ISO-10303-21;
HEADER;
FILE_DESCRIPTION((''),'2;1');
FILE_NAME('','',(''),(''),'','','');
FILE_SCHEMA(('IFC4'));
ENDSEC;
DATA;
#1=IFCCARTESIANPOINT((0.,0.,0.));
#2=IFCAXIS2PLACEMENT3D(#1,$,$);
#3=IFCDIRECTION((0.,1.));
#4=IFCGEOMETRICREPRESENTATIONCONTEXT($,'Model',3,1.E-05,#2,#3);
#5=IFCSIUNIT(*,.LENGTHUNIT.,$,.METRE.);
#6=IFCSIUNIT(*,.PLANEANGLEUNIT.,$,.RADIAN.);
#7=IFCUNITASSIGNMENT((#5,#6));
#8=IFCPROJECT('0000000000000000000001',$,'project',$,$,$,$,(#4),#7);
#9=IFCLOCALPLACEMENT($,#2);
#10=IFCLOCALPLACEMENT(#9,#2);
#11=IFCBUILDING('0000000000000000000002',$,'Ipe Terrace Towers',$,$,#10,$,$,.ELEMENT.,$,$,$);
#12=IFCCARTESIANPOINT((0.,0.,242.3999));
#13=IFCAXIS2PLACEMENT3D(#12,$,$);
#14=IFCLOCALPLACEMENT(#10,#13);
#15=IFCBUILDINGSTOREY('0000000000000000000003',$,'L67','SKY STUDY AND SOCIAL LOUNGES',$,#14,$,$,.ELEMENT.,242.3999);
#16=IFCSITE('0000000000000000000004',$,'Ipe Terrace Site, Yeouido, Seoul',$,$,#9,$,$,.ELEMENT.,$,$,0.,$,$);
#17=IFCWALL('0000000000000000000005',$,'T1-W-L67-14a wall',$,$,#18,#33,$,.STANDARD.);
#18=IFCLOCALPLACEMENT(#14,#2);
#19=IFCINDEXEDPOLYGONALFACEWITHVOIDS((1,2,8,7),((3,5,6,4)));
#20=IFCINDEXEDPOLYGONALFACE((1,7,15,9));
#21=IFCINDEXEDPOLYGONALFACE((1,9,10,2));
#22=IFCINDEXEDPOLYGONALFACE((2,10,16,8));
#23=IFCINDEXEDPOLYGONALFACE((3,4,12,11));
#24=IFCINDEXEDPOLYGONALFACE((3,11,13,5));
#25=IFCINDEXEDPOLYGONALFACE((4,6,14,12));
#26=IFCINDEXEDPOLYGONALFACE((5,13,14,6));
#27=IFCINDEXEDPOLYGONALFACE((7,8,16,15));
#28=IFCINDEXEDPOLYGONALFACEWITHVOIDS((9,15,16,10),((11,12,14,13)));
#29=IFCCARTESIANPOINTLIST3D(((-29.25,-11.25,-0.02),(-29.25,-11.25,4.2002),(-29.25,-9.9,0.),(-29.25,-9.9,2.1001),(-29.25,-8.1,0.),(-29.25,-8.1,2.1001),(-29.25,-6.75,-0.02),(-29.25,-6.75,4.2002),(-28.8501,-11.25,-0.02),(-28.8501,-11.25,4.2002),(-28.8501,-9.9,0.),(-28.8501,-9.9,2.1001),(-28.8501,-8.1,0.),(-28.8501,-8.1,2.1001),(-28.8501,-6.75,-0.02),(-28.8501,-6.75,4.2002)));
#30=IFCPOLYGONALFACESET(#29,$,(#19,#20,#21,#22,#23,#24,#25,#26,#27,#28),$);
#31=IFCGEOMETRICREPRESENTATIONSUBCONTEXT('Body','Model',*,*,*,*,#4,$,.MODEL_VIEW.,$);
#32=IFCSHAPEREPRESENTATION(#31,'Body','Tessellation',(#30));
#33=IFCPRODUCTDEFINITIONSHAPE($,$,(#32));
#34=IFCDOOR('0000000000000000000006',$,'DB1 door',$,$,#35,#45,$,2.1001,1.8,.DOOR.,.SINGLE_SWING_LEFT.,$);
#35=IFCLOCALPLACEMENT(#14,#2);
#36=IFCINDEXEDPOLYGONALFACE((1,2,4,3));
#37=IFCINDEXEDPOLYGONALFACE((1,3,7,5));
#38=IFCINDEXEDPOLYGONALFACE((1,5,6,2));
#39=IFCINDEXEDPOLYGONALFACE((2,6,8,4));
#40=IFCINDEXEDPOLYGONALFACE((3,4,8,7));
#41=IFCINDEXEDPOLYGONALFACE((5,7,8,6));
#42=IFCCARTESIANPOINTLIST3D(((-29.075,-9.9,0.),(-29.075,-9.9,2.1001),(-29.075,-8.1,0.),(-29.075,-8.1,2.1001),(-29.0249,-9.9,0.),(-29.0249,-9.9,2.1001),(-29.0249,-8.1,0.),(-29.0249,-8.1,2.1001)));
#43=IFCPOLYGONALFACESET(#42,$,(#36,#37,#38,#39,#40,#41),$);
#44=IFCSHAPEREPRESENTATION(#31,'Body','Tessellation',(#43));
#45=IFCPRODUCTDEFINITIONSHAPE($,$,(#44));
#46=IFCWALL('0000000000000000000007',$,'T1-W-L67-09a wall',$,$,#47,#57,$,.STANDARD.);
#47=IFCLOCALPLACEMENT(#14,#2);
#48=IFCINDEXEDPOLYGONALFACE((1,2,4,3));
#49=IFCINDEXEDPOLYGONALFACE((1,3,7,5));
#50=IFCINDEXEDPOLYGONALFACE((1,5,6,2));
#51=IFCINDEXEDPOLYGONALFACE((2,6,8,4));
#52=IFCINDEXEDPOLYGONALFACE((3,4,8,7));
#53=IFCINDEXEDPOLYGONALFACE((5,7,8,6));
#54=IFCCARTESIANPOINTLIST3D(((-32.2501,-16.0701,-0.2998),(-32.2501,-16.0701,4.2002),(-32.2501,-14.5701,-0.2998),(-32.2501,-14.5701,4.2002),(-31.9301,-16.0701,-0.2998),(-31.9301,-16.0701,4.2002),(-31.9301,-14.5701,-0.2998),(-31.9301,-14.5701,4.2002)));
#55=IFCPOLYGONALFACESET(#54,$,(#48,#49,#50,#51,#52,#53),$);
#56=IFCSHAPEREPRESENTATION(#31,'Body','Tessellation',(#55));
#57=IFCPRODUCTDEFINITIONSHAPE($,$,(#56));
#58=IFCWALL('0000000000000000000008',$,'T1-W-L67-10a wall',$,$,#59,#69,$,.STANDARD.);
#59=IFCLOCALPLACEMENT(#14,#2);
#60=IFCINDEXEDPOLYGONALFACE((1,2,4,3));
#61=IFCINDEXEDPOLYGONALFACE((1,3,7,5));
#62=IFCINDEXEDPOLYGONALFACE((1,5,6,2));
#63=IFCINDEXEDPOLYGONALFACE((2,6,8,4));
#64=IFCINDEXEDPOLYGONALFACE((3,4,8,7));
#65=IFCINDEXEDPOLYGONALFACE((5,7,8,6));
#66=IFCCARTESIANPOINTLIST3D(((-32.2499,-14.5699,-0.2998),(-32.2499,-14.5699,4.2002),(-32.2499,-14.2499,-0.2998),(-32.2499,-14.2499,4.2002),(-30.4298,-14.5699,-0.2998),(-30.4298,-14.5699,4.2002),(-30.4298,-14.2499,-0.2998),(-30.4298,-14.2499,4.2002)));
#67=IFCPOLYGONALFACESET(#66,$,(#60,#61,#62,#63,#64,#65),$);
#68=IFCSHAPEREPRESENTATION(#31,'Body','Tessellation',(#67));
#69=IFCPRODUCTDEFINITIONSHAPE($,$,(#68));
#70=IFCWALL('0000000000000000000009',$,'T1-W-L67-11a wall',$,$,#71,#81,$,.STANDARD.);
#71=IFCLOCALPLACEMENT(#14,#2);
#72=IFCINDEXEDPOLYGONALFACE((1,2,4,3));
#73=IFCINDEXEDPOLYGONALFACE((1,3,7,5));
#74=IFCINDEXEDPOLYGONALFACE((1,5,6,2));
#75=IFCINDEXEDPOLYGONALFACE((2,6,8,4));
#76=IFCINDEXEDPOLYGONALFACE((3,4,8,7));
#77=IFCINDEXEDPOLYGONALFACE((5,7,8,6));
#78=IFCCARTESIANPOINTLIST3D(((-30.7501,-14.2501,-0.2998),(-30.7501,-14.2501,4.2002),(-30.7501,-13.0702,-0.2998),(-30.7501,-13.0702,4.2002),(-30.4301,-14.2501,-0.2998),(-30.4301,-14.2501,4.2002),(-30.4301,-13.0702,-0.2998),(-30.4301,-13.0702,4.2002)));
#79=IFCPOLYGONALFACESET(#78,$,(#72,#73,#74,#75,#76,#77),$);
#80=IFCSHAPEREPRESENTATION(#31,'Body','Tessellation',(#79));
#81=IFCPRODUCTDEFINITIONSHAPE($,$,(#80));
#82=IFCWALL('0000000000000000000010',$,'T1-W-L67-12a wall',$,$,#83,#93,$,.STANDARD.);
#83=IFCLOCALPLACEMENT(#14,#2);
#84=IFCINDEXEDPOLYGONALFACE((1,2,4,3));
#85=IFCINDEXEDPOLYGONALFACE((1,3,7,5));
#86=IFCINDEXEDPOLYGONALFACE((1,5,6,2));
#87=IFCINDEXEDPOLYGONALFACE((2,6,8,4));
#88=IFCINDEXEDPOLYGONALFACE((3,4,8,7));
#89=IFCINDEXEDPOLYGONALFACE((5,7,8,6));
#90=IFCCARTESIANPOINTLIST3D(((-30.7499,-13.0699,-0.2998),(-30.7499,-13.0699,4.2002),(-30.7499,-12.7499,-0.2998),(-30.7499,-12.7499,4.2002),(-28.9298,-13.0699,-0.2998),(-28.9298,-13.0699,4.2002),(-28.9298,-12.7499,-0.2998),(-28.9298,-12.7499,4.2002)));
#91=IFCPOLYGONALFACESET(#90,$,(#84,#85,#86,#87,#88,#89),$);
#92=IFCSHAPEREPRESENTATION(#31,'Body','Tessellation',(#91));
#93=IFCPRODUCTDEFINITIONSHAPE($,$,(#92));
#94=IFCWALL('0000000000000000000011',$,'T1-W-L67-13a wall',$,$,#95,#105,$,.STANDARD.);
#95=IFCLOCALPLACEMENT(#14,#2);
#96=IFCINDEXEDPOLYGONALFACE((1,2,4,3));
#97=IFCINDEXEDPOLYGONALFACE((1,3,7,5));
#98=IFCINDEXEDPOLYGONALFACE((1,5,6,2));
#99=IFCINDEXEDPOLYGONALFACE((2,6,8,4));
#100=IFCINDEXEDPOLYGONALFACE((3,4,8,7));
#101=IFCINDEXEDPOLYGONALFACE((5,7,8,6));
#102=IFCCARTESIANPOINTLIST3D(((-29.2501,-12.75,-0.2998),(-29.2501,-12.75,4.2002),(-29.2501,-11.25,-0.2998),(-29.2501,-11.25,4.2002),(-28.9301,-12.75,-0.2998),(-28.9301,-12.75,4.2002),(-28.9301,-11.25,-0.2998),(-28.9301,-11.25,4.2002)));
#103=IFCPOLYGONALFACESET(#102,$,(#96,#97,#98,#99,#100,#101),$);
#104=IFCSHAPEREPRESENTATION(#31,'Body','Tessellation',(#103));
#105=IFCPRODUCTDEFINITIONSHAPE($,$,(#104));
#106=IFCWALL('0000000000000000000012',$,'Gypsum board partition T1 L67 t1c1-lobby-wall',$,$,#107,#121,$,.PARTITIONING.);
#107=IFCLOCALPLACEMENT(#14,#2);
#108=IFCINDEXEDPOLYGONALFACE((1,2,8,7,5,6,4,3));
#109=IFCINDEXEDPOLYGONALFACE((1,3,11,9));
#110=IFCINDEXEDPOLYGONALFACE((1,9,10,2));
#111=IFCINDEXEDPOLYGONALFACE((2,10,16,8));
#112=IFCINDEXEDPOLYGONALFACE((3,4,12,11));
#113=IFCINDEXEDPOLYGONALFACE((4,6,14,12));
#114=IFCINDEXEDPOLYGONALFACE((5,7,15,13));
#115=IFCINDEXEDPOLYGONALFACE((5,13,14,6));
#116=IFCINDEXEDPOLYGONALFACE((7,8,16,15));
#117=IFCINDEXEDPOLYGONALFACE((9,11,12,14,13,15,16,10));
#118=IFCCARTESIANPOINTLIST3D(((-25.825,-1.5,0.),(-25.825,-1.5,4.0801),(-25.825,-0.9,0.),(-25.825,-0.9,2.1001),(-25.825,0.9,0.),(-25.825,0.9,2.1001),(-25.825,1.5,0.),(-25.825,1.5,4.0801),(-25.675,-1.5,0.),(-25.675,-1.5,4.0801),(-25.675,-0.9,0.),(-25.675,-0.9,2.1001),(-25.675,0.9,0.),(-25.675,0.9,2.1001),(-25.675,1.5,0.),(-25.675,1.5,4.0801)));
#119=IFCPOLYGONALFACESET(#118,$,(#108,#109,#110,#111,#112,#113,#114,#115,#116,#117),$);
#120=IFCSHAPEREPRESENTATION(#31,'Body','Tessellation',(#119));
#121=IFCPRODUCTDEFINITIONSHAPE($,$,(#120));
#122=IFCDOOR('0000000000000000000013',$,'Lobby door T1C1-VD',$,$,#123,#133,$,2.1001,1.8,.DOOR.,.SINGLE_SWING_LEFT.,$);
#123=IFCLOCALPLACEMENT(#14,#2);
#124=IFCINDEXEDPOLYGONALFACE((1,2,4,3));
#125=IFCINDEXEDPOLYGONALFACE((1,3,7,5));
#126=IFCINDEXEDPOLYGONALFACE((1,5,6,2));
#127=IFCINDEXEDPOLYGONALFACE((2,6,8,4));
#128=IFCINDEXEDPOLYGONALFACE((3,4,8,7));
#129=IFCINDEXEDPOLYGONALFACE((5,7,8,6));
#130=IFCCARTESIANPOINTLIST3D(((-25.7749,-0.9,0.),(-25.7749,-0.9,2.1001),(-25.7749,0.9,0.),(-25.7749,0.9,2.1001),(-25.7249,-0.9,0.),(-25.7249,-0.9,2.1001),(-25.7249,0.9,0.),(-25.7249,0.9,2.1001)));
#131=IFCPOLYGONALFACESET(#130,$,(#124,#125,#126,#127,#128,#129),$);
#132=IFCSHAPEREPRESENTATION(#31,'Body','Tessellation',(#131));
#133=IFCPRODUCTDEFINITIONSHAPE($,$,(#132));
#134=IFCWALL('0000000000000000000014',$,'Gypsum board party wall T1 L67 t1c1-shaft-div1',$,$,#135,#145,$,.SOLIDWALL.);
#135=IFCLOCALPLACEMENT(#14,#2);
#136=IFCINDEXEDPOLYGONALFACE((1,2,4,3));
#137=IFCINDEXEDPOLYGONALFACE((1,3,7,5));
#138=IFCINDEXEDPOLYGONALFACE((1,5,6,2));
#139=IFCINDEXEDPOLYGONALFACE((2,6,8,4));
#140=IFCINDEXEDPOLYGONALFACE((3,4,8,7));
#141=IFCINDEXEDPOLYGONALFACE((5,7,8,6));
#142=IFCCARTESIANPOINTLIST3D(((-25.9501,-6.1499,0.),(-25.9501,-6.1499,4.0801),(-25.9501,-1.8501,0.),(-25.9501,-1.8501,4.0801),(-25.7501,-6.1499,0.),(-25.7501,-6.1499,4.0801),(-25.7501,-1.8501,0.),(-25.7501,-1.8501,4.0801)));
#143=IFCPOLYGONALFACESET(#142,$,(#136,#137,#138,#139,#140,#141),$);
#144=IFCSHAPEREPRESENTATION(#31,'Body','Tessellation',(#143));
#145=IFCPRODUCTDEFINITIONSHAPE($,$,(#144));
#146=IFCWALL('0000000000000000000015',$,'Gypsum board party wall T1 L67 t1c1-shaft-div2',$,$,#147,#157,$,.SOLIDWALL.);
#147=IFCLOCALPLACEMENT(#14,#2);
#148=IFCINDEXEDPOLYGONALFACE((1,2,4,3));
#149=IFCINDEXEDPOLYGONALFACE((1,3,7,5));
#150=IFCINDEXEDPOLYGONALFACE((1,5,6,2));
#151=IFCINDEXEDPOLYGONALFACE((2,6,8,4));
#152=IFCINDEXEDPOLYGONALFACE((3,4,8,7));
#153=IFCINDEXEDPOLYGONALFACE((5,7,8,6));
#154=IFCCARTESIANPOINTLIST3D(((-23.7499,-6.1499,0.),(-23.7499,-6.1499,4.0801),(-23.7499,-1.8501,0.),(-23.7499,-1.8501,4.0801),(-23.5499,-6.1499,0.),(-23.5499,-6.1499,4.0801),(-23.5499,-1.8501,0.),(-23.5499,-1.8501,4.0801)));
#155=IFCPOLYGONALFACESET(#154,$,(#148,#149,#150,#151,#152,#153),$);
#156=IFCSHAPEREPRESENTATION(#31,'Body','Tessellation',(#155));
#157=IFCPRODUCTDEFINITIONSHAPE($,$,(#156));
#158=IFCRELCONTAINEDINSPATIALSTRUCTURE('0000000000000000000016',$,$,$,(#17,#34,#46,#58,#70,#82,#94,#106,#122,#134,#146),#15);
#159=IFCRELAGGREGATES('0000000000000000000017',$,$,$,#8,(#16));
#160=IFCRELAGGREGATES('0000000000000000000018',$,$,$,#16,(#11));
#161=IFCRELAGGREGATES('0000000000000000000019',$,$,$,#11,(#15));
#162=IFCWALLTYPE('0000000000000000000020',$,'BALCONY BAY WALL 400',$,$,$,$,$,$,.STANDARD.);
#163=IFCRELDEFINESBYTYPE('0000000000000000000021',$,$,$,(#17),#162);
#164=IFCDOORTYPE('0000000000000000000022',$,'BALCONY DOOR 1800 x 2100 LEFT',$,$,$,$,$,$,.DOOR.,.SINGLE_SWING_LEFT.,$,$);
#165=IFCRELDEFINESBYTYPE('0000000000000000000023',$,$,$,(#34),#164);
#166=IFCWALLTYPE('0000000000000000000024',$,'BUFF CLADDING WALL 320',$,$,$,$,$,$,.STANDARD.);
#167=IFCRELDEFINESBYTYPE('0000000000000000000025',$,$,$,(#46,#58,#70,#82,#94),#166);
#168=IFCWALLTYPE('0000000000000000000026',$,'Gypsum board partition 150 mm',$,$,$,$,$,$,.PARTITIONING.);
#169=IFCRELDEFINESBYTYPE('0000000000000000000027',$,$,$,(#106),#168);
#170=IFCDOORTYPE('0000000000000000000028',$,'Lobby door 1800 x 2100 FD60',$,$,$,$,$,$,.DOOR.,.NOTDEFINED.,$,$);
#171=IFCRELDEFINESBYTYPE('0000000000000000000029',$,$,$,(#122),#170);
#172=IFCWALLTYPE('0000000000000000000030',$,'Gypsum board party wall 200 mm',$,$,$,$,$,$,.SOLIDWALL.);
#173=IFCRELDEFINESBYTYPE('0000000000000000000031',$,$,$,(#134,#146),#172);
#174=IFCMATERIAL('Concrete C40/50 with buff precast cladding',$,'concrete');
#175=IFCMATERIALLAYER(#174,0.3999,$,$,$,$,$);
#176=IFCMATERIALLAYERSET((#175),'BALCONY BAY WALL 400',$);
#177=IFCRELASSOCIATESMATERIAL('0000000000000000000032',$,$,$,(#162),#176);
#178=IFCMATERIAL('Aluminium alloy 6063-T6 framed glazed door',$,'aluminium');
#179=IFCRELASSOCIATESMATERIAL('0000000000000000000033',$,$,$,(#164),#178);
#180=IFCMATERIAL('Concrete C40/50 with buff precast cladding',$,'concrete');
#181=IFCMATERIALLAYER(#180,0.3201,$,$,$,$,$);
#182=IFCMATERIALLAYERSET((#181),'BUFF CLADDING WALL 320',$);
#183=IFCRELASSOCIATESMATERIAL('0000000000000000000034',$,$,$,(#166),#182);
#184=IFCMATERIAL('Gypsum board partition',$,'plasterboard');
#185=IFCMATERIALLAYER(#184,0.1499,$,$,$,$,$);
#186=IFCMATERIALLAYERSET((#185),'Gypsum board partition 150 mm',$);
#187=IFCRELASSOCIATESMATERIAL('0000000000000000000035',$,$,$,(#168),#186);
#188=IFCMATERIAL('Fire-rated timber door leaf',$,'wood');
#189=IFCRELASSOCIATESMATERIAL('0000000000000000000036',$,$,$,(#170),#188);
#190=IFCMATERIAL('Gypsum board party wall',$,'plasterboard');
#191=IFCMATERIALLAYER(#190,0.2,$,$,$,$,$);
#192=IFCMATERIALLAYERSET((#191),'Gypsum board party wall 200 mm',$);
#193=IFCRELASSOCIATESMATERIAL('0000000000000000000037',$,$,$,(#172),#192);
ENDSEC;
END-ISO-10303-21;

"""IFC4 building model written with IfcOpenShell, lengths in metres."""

from ifc_helpers import new_model, si_unit, direction, frame, frame_2d, origin, place, context, subcontext, project, spatial, rectangle, extrude, material, layer, layer_set, type_object, element, fill, save


model = new_model("IFC4")

# Units and contexts
model_context = context("Model", 3, precision=1e-05, world=origin(), true_north=direction((0.0, 1.0)))
body_context = subcontext(model_context, "Body", "Model", "MODEL_VIEW")
ifc_project = project(units=[si_unit("LENGTHUNIT", "METRE"), si_unit("PLANEANGLEUNIT", "RADIAN")], contexts=[model_context])

# Site, building, storey
site_placement = place(None, origin())
site = spatial("IfcSite", under=ifc_project, at=site_placement, Name="Ipe Terrace Site, Yeouido, Seoul", CompositionType="ELEMENT", RefElevation=0.0)
building_placement = place(site_placement, origin())
building = spatial("IfcBuilding", under=site, at=building_placement, Name="Ipe Terrace Towers", CompositionType="ELEMENT")
storey_placement = place(building_placement, frame((0.0, 0.0, 242.3999)))
storey = spatial("IfcBuildingStorey", under=building, at=storey_placement, Name="L67", Description="SKY STUDY AND SOCIAL LOUNGES", CompositionType="ELEMENT", Elevation=242.3999)

# Wall, opening, door
ifc_material_1 = material(Name="Concrete C40/50 with buff precast cladding", Category="concrete")
ifc_layer_1 = layer(ifc_material_1, 0.3999)
ifc_layer_set_1 = layer_set([ifc_layer_1], Name="BALCONY BAY WALL 400")
wall_type_1 = type_object("IfcWallType", Name="BALCONY BAY WALL 400", PredefinedType="STANDARD", material=ifc_layer_set_1)
wall_1_placement = place(storey_placement, frame((-29.05, -11.25, -0.02), z_axis=(0.0, 0.0, 1.0), x_axis=(0.0, 1.0, 0.0)))
wall_1 = element("IfcWall", 1, at=wall_1_placement, inside=storey, type_object=wall_type_1, Name="T1-W-L67-14a wall", PredefinedType="STANDARD", context=body_context, shape_type="SweptSolid", body=[
    extrude(rectangle(XDim=4.5, YDim=0.3999, at=frame_2d((2.25, 0.0))), origin(), (0.0, 0.0, 1.0), 4.2202),
])
opening_1_placement = place(wall_1_placement, frame((1.3501, 0.0, 0.02)))
opening_1 = element("IfcOpeningElement", 2, at=opening_1_placement, cuts=wall_1, PredefinedType="OPENING", context=body_context, shape_type="SweptSolid", body=[
    extrude(rectangle(XDim=1.8, YDim=2.1001, at=frame_2d((0.8999, 1.05))), frame((0.0, 0.21, 0.0), z_axis=(0.0, -1.0, 0.0), x_axis=(1.0, 0.0, 0.0)), (0.0, 0.0, 1.0), 0.4199),
])
ifc_material_2 = material(Name="Aluminium alloy 6063-T6 framed glazed door", Category="aluminium")
door_type_1 = type_object("IfcDoorType", Name="BALCONY DOOR 1800 x 2100 LEFT", OperationType="SINGLE_SWING_LEFT", PredefinedType="DOOR", material=ifc_material_2)
door_1_placement = place(opening_1_placement, origin())
door_1 = element("IfcDoor", 3, at=door_1_placement, inside=storey, type_object=door_type_1, Name="DB1 door", OperationType="SINGLE_SWING_LEFT", OverallHeight=2.1001, OverallWidth=1.8, PredefinedType="DOOR", context=body_context, shape_type="SweptSolid", body=[
    extrude(rectangle(XDim=1.8, YDim=2.1001, at=frame_2d((0.8999, 1.05))), frame((0.0, 0.0249, 0.0), z_axis=(0.0, -1.0, 0.0), x_axis=(1.0, 0.0, 0.0)), (0.0, 0.0, 1.0), 0.05),
])
fill(opening_1, door_1)

# Walls
ifc_material_3 = material(Name="Concrete C40/50 with buff precast cladding", Category="concrete")
ifc_layer_2 = layer(ifc_material_3, 0.3201)
ifc_layer_set_2 = layer_set([ifc_layer_2], Name="BUFF CLADDING WALL 320")
wall_type_2 = type_object("IfcWallType", Name="BUFF CLADDING WALL 320", PredefinedType="STANDARD", material=ifc_layer_set_2)
wall_2_placement = place(storey_placement, frame((-32.0901, -16.0701, -0.2998), z_axis=(0.0, 0.0, 1.0), x_axis=(0.0, 1.0, 0.0)))
element("IfcWall", 4, at=wall_2_placement, inside=storey, type_object=wall_type_2, Name="T1-W-L67-09a wall", PredefinedType="STANDARD", context=body_context, shape_type="SweptSolid", body=[
    extrude(rectangle(XDim=1.5, YDim=0.3201, at=frame_2d((0.75, 0.0))), origin(), (0.0, 0.0, 1.0), 4.5),
])
wall_3_placement = place(storey_placement, frame((-32.25, -14.4099, -0.2998), z_axis=(0.0, 0.0, 1.0), x_axis=(1.0, 0.0, 0.0)))
element("IfcWall", 5, at=wall_3_placement, inside=storey, type_object=wall_type_2, Name="T1-W-L67-10a wall", PredefinedType="STANDARD", context=body_context, shape_type="SweptSolid", body=[
    extrude(rectangle(XDim=1.8201, YDim=0.3201, at=frame_2d((0.9102, 0.0))), origin(), (0.0, 0.0, 1.0), 4.5),
])
wall_4_placement = place(storey_placement, frame((-30.5901, -14.25, -0.2998), z_axis=(0.0, 0.0, 1.0), x_axis=(0.0, 1.0, 0.0)))
element("IfcWall", 6, at=wall_4_placement, inside=storey, type_object=wall_type_2, Name="T1-W-L67-11a wall", PredefinedType="STANDARD", context=body_context, shape_type="SweptSolid", body=[
    extrude(rectangle(XDim=1.1799, YDim=0.3201, at=frame_2d((0.5898, 0.0))), origin(), (0.0, 0.0, 1.0), 4.5),
])
wall_5_placement = place(storey_placement, frame((-30.75, -12.9099, -0.2998), z_axis=(0.0, 0.0, 1.0), x_axis=(1.0, 0.0, 0.0)))
element("IfcWall", 7, at=wall_5_placement, inside=storey, type_object=wall_type_2, Name="T1-W-L67-12a wall", PredefinedType="STANDARD", context=body_context, shape_type="SweptSolid", body=[
    extrude(rectangle(XDim=1.8201, YDim=0.3201, at=frame_2d((0.9102, 0.0))), origin(), (0.0, 0.0, 1.0), 4.5),
])
wall_6_placement = place(storey_placement, frame((-29.0901, -12.75, -0.2998), z_axis=(0.0, 0.0, 1.0), x_axis=(0.0, 1.0, 0.0)))
element("IfcWall", 8, at=wall_6_placement, inside=storey, type_object=wall_type_2, Name="T1-W-L67-13a wall", PredefinedType="STANDARD", context=body_context, shape_type="SweptSolid", body=[
    extrude(rectangle(XDim=1.5, YDim=0.3201, at=frame_2d((0.75, 0.0))), origin(), (0.0, 0.0, 1.0), 4.5),
])

# Wall, opening, door
ifc_material_4 = material(Name="Gypsum board partition", Category="plasterboard")
ifc_layer_3 = layer(ifc_material_4, 0.1499)
ifc_layer_set_3 = layer_set([ifc_layer_3], Name="Gypsum board partition 150 mm")
wall_type_3 = type_object("IfcWallType", Name="Gypsum board partition 150 mm", PredefinedType="PARTITIONING", material=ifc_layer_set_3)
wall_7_placement = place(storey_placement, frame((-25.75, -1.5, 0.0), z_axis=(0.0, 0.0, 1.0), x_axis=(0.0, 1.0, 0.0)))
wall_7 = element("IfcWall", 9, at=wall_7_placement, inside=storey, type_object=wall_type_3, Name="Gypsum board partition T1 L67 t1c1-lobby-wall", PredefinedType="PARTITIONING", context=body_context, shape_type="SweptSolid", body=[
    extrude(rectangle(XDim=3.0, YDim=0.1499, at=frame_2d((1.5, 0.0))), origin(), (0.0, 0.0, 1.0), 4.0801),
])
opening_2_placement = place(wall_7_placement, frame((0.6001, 0.0, 0.0)))
opening_2 = element("IfcOpeningElement", 10, at=opening_2_placement, cuts=wall_7, PredefinedType="OPENING", context=body_context, shape_type="SweptSolid", body=[
    extrude(rectangle(XDim=1.8, YDim=2.1001, at=frame_2d((0.8999, 1.05))), frame((0.0, 0.085, 0.0), z_axis=(0.0, -1.0, 0.0), x_axis=(1.0, 0.0, 0.0)), (0.0, 0.0, 1.0), 0.1699),
])
ifc_material_5 = material(Name="Fire-rated timber door leaf", Category="wood")
door_type_2 = type_object("IfcDoorType", Name="Lobby door 1800 x 2100 FD60", OperationType="NOTDEFINED", PredefinedType="DOOR", material=ifc_material_5)
door_2_placement = place(opening_2_placement, origin())
door_2 = element("IfcDoor", 11, at=door_2_placement, inside=storey, type_object=door_type_2, Name="Lobby door T1C1-VD", OperationType="SINGLE_SWING_LEFT", OverallHeight=2.1001, OverallWidth=1.8, PredefinedType="DOOR", context=body_context, shape_type="SweptSolid", body=[
    extrude(rectangle(XDim=1.8, YDim=2.1001, at=frame_2d((0.8999, 1.05))), frame((0.0, 0.0249, 0.0), z_axis=(0.0, -1.0, 0.0), x_axis=(1.0, 0.0, 0.0)), (0.0, 0.0, 1.0), 0.05),
])
fill(opening_2, door_2)

# Walls
ifc_material_6 = material(Name="Gypsum board party wall", Category="plasterboard")
ifc_layer_4 = layer(ifc_material_6, 0.2)
ifc_layer_set_4 = layer_set([ifc_layer_4], Name="Gypsum board party wall 200 mm")
wall_type_4 = type_object("IfcWallType", Name="Gypsum board party wall 200 mm", PredefinedType="SOLIDWALL", material=ifc_layer_set_4)
for number, where, z_axis, x_axis, name in (
    (12, (-25.8501, -6.1499, 0.0), (0.0, 0.0, 1.0), (0.0, 1.0, 0.0), "Gypsum board party wall T1 L67 t1c1-shaft-div1"),
    (13, (-23.6499, -6.1499, 0.0), (0.0, 0.0, 1.0), (0.0, 1.0, 0.0), "Gypsum board party wall T1 L67 t1c1-shaft-div2"),
):
    element("IfcWall", number, at=place(storey_placement, frame(where, z_axis=z_axis, x_axis=x_axis)), inside=storey, type_object=wall_type_4, Name=name, PredefinedType="SOLIDWALL", context=body_context, shape_type="SweptSolid", body=[
        extrude(rectangle(XDim=4.2998, YDim=0.2, at=frame_2d((2.1499, 0.0))), origin(), (0.0, 0.0, 1.0), 4.0801),
    ])

save(model, "model.ifc")
